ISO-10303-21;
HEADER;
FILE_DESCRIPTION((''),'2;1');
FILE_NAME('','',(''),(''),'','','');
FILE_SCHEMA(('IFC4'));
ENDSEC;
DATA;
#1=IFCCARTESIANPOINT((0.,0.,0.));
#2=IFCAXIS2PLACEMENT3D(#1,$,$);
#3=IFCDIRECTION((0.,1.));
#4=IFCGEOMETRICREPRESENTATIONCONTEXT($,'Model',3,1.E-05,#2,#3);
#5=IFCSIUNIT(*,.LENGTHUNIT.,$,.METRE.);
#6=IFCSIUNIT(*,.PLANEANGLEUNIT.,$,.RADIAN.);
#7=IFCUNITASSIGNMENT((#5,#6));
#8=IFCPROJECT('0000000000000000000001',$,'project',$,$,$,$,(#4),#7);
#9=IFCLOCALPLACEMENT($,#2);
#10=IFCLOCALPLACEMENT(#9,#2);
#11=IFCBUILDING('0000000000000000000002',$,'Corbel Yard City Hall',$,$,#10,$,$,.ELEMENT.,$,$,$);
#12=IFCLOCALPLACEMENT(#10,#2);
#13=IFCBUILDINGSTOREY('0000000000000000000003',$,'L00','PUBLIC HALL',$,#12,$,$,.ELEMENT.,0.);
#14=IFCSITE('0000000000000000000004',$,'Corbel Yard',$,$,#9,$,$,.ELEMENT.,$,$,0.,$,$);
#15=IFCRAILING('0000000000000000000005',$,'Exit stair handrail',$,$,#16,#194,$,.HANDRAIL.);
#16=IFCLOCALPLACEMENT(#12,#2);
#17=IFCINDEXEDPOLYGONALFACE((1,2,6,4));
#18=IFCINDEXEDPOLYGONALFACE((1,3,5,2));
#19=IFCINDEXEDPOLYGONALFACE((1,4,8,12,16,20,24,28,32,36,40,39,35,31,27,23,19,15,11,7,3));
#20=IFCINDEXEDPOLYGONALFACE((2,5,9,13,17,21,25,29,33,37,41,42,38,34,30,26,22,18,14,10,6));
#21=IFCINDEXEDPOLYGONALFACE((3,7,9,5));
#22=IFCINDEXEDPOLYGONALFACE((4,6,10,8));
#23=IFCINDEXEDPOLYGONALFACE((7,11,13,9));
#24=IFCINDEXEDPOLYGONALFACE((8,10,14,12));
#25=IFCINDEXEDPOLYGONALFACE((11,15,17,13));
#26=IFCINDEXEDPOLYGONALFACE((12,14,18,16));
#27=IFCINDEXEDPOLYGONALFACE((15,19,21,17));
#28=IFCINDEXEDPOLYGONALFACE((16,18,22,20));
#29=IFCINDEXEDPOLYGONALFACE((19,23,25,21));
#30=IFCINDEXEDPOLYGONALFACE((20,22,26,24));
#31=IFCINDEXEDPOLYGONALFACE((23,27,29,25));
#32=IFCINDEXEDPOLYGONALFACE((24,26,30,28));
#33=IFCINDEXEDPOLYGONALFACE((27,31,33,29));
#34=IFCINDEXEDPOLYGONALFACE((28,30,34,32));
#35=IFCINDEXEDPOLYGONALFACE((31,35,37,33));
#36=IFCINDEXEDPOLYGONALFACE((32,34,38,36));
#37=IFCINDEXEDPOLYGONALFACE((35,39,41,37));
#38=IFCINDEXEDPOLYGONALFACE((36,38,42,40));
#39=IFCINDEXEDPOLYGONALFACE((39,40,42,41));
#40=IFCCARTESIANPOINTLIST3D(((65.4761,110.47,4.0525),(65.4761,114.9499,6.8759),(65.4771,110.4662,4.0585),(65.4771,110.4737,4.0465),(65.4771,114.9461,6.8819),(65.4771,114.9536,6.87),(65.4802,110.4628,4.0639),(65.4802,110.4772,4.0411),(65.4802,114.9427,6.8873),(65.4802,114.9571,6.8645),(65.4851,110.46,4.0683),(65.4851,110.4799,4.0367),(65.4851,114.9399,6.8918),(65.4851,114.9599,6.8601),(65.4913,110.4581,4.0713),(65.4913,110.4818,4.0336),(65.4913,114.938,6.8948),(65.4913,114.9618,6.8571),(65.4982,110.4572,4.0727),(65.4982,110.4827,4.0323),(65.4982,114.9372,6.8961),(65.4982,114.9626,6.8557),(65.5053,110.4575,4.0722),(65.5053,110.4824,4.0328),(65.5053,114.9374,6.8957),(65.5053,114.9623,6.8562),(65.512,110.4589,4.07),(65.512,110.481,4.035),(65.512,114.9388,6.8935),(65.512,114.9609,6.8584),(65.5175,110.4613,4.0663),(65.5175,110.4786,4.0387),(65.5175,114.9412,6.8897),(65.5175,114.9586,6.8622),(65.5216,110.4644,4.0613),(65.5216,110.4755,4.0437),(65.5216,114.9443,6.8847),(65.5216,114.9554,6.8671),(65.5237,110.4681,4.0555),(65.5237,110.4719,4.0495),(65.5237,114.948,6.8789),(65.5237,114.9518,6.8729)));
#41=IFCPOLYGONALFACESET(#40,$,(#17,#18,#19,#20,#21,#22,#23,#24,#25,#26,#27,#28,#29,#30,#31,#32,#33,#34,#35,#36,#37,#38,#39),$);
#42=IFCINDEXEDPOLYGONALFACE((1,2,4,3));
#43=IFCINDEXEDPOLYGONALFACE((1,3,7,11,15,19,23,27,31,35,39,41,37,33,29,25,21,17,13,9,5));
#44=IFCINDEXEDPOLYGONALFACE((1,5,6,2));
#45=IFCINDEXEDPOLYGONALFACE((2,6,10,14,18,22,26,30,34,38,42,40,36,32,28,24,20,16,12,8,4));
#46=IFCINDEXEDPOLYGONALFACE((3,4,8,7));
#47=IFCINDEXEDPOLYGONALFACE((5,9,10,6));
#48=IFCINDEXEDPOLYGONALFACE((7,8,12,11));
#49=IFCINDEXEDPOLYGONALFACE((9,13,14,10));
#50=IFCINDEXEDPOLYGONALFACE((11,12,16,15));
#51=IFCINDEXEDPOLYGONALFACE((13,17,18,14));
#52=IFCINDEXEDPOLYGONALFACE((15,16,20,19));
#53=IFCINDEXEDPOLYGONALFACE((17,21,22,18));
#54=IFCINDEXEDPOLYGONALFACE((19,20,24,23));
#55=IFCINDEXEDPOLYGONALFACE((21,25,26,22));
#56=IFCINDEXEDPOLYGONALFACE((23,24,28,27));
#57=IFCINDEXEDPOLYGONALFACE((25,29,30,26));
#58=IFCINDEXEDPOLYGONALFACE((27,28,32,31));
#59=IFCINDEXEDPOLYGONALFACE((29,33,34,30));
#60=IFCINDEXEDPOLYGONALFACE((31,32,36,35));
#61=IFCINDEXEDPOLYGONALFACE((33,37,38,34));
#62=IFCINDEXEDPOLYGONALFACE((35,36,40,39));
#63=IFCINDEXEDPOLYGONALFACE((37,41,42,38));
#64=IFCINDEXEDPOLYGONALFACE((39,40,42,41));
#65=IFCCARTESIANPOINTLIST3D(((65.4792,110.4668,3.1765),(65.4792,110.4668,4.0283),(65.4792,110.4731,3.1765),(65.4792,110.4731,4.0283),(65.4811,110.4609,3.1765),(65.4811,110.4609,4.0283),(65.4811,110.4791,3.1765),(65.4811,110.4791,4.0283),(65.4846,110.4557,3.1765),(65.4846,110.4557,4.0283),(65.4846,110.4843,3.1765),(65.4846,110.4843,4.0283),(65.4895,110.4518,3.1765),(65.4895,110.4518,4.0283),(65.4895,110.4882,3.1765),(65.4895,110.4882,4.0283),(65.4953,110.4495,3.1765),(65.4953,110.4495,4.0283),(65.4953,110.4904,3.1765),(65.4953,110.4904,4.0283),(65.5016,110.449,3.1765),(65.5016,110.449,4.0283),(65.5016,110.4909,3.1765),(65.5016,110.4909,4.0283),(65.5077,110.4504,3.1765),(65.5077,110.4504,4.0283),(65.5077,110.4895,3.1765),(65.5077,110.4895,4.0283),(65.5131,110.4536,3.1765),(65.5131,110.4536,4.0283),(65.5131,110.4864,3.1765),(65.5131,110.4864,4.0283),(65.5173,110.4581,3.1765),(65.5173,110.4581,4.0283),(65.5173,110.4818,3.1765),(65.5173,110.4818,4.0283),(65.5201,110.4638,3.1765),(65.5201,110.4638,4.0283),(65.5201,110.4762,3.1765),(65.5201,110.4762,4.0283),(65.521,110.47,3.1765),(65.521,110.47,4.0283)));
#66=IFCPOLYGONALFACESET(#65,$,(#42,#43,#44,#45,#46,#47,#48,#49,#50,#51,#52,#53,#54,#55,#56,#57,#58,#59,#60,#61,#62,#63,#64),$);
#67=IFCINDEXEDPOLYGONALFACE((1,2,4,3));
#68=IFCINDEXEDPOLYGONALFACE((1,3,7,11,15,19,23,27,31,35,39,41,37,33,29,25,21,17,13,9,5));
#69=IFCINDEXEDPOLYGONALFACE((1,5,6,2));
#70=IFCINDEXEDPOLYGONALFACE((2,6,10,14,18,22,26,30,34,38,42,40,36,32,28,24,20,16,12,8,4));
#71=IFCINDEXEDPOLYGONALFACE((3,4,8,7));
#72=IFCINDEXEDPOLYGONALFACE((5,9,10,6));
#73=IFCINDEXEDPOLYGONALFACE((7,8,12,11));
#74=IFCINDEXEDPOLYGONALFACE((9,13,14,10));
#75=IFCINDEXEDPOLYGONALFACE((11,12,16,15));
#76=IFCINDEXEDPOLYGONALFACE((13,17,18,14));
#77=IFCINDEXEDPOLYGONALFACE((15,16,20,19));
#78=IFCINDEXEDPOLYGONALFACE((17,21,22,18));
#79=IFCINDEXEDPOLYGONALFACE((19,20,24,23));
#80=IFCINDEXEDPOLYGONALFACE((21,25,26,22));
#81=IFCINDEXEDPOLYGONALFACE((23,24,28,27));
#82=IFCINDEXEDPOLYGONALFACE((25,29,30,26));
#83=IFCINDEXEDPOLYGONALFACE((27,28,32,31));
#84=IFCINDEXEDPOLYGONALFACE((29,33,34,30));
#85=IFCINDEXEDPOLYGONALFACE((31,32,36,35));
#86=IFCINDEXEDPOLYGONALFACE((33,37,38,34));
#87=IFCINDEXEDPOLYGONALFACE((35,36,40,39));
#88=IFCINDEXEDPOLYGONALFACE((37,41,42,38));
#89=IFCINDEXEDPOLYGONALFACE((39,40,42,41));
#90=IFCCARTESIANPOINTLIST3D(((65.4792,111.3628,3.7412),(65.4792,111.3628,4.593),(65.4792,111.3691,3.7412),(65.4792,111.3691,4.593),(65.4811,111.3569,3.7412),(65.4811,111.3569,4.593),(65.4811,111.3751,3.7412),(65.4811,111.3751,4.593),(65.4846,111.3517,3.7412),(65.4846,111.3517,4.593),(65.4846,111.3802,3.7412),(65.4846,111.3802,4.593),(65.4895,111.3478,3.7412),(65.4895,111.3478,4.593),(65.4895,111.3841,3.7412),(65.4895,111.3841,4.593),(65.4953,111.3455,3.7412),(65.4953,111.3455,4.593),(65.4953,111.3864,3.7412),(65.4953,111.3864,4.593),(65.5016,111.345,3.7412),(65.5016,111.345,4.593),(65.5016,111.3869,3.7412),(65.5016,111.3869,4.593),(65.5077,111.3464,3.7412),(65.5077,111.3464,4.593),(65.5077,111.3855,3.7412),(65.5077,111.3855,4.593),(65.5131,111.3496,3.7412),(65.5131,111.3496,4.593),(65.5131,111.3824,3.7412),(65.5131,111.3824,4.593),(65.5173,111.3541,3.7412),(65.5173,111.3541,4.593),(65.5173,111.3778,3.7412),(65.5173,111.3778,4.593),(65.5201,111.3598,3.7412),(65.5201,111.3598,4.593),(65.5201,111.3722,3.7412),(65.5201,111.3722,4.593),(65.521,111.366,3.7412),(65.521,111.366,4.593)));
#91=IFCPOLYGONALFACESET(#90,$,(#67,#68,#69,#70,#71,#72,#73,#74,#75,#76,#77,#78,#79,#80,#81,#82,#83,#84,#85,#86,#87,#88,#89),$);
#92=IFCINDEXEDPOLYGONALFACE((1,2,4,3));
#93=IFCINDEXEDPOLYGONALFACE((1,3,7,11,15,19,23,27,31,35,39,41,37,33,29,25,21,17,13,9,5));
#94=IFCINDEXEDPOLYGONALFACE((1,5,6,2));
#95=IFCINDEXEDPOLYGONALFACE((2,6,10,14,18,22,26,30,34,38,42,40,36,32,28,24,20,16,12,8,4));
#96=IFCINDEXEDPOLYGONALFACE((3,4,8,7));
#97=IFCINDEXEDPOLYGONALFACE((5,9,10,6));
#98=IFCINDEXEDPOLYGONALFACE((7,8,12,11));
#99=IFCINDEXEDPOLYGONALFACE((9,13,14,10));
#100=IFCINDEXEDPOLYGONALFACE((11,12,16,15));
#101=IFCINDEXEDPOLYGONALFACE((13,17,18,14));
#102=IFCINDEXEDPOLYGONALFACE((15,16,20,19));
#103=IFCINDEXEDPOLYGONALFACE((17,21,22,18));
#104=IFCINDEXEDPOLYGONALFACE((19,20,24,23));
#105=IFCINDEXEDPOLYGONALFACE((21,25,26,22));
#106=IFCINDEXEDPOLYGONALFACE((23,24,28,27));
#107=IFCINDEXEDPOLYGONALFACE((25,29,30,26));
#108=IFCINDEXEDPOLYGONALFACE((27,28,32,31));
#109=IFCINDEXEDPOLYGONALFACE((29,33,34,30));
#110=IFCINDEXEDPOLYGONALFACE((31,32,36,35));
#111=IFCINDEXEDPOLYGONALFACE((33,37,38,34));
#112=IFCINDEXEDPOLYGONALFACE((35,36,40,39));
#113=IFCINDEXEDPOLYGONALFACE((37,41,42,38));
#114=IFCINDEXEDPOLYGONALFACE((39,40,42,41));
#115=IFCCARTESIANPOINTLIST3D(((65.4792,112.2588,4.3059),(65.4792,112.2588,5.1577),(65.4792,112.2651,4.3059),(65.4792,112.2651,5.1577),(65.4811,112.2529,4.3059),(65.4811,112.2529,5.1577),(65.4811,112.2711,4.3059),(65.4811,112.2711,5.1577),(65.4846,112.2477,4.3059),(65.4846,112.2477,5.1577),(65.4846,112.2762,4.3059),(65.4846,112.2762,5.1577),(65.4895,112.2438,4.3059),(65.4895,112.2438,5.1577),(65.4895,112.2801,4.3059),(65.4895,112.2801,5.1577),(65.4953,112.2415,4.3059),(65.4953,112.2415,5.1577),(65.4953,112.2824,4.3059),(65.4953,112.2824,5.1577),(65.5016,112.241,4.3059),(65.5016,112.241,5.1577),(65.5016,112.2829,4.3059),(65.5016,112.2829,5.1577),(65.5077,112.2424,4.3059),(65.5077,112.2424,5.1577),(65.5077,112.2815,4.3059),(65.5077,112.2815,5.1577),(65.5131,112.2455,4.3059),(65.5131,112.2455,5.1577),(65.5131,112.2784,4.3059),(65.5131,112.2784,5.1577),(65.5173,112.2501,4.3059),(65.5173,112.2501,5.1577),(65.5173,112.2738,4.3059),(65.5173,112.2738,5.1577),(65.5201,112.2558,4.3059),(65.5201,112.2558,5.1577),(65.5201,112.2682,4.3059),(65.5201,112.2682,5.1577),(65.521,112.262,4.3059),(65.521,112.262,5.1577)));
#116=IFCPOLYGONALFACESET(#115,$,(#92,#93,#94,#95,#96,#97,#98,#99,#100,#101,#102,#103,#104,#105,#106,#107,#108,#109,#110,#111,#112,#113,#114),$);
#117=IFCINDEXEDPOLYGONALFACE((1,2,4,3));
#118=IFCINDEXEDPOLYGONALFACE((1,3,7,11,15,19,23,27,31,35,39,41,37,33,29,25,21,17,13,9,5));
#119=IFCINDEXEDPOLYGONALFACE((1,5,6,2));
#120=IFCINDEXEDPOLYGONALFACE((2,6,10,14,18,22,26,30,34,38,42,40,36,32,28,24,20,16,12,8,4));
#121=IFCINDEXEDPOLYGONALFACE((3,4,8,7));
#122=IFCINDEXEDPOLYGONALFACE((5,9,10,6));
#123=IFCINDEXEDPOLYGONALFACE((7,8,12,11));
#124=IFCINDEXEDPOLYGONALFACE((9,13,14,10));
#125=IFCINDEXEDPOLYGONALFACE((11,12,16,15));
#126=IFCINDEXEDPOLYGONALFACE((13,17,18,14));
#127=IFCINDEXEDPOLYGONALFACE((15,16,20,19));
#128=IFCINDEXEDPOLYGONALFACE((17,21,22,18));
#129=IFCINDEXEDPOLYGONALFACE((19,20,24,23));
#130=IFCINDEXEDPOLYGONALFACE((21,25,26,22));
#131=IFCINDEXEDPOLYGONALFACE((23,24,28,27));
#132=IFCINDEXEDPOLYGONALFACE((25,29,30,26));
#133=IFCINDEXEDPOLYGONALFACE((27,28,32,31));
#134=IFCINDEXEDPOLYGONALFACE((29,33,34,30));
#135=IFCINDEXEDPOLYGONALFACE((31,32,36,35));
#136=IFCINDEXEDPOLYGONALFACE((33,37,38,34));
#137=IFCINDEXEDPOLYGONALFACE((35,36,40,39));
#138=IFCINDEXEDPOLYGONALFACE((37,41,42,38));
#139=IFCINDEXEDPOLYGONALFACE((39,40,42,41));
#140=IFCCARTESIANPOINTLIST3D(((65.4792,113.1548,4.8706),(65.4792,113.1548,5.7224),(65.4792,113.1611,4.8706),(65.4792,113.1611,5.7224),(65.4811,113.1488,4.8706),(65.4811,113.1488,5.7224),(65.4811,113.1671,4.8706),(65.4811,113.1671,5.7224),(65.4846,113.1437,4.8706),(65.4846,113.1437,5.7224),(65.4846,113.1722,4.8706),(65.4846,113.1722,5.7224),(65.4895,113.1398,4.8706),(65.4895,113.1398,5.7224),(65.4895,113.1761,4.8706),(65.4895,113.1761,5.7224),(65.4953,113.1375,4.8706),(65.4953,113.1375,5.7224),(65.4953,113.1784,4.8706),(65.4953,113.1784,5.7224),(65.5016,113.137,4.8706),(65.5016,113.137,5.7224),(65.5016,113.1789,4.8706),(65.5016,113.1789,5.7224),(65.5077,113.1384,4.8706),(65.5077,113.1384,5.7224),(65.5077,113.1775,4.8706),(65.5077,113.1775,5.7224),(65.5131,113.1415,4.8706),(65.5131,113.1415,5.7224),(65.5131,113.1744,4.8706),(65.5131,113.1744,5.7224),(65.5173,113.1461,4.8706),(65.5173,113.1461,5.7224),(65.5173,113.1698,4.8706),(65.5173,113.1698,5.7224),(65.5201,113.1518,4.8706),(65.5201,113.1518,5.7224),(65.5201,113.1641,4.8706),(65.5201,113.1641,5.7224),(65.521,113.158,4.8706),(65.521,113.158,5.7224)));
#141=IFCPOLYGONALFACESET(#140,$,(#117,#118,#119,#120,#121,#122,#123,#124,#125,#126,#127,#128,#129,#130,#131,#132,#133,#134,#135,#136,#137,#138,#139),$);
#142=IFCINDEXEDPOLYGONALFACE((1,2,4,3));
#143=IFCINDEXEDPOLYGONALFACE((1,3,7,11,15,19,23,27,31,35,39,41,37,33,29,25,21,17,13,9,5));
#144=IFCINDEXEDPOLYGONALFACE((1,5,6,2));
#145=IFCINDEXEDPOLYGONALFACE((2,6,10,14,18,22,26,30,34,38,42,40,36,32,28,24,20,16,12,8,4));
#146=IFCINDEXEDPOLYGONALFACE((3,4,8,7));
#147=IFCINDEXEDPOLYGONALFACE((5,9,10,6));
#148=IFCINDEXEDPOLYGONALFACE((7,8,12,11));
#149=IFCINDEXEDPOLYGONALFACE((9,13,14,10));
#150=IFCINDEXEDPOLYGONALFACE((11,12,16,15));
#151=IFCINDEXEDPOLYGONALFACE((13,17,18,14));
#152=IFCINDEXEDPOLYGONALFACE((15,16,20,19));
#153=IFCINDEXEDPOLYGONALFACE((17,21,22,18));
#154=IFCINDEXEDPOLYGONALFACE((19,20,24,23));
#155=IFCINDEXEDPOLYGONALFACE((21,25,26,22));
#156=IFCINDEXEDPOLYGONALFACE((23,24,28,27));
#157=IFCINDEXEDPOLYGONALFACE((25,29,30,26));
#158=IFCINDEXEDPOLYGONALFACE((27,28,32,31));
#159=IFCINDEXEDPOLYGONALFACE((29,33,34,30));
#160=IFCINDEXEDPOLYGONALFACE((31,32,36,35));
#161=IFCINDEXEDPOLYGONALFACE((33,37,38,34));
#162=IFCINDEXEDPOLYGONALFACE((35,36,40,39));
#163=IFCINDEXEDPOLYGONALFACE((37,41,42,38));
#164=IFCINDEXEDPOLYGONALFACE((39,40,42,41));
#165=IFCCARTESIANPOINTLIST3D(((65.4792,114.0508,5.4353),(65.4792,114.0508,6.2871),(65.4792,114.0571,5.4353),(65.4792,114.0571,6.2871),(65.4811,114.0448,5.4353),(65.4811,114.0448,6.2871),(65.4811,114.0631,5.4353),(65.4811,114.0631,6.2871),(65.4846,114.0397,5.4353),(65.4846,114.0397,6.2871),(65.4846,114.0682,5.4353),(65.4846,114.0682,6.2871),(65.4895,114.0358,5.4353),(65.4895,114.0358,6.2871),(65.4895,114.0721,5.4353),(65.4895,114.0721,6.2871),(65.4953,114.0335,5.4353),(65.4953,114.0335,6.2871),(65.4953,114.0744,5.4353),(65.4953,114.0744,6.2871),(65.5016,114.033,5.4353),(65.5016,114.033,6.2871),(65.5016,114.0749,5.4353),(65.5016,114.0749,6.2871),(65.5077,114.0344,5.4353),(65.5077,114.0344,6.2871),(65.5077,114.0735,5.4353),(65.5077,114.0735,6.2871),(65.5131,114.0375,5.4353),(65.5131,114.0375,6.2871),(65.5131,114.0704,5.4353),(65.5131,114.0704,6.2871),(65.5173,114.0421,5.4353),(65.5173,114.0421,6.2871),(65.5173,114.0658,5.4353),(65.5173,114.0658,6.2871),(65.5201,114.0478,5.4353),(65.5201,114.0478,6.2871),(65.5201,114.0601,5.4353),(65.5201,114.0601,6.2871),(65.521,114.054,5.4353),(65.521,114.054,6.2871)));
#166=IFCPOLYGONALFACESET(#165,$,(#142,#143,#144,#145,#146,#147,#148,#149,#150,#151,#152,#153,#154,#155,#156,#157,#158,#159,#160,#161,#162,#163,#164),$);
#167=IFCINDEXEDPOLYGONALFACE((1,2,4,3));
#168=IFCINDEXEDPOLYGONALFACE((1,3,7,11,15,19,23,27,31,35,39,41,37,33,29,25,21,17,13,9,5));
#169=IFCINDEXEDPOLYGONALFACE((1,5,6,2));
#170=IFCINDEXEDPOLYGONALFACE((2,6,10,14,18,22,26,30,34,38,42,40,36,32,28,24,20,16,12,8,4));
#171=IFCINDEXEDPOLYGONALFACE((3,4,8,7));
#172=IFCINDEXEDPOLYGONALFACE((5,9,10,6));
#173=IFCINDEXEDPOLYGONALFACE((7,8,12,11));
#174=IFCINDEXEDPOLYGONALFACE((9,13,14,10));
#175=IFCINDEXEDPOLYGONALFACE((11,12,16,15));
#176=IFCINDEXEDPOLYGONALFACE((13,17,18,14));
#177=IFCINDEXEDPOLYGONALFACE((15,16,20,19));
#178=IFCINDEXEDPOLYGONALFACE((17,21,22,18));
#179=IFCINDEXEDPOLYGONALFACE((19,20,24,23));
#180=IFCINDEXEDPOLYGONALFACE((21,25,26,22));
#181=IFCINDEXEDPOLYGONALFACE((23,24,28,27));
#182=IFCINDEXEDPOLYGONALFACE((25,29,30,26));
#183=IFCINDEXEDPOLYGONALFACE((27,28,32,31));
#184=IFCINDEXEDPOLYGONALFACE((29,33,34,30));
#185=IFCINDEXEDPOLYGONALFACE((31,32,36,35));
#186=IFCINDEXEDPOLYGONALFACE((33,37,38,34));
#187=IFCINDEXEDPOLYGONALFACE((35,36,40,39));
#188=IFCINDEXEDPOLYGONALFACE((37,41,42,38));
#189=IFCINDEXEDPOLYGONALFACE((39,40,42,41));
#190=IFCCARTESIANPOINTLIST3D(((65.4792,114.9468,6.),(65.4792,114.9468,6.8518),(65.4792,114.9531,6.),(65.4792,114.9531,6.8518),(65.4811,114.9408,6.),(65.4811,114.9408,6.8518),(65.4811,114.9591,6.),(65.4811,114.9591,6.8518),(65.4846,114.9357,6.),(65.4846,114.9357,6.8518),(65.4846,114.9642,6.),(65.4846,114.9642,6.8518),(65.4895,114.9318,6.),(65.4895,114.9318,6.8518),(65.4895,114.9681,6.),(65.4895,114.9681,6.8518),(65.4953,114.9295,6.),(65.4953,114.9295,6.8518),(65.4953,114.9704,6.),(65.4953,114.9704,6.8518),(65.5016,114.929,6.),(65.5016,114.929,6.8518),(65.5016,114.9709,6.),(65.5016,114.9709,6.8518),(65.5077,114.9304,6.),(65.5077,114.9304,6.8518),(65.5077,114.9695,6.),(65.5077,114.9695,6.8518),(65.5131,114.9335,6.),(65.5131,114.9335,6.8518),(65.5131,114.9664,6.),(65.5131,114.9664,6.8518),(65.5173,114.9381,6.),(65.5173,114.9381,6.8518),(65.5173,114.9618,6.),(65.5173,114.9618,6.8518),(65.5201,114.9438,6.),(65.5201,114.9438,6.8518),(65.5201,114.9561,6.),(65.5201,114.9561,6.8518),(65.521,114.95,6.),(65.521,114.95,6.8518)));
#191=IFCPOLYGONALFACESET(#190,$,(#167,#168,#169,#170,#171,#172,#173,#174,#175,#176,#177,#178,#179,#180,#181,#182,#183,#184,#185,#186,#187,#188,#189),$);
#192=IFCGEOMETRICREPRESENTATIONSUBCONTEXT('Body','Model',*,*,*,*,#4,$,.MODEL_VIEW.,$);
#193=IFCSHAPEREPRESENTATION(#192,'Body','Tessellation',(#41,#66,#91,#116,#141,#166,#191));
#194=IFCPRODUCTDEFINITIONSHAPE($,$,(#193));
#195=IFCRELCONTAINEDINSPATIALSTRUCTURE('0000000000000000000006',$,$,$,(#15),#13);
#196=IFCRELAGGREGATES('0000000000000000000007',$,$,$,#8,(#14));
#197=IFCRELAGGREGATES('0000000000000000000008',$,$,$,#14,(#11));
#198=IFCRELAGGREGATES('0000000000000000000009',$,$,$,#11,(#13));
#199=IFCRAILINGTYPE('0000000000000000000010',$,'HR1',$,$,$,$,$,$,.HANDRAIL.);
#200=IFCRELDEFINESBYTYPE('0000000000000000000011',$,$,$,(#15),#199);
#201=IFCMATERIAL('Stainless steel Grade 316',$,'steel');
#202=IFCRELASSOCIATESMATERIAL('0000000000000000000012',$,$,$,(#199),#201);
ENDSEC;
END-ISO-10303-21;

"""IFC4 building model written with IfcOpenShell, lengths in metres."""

from ifc_helpers import new_model, si_unit, direction, frame, origin, origin_2d, place, context, subcontext, project, spatial, circle, extrude, material, type_object, element, save


model = new_model("IFC4")

# Units and contexts
model_context = context("Model", 3, precision=1e-05, world=origin(), true_north=direction((0.0, 1.0)))
body_context = subcontext(model_context, "Body", "Model", "MODEL_VIEW")
ifc_project = project(units=[si_unit("LENGTHUNIT", "METRE"), si_unit("PLANEANGLEUNIT", "RADIAN")], contexts=[model_context])

# Site, building, storey
site_placement = place(None, origin())
site = spatial("IfcSite", under=ifc_project, at=site_placement, Name="Corbel Yard", CompositionType="ELEMENT", RefElevation=0.0)
building_placement = place(site_placement, origin())
building = spatial("IfcBuilding", under=site, at=building_placement, Name="Corbel Yard City Hall", CompositionType="ELEMENT")
storey_placement = place(building_placement, origin())
storey = spatial("IfcBuildingStorey", under=building, at=storey_placement, Name="L00", Description="PUBLIC HALL", CompositionType="ELEMENT", Elevation=0.0)

# Shared definitions
ifc_material_1 = material(Name="Stainless steel Grade 316", Category="steel")

# Railing
railing_type = type_object("IfcRailingType", Name="HR1", PredefinedType="HANDRAIL", material=ifc_material_1)
for number, where, name in (
    (1, (65.5, 110.47, 3.1765), "Exit stair handrail"),
):
    element("IfcRailing", number, at=place(storey_placement, frame(where)), inside=storey, type_object=railing_type, Name=name, PredefinedType="HANDRAIL", context=body_context, shape_type="SweptSolid", body=[
        extrude(circle(Radius=0.0239, at=origin_2d()), frame((0.0, 0.0, 0.876), z_axis=(0.0, 0.845998, 0.533186), x_axis=(-1.0, 0.0, 0.0)), (0.0, 0.0, 1.0), 5.2954),
        extrude(circle(Radius=0.021, at=origin_2d()), origin(), (0.0, 0.0, 1.0), 0.8518),
        extrude(circle(Radius=0.021, at=origin_2d()), frame((0.0, 0.896, 0.5647)), (0.0, 0.0, 1.0), 0.8518),
        extrude(circle(Radius=0.021, at=origin_2d()), frame((0.0, 1.792, 1.1294)), (0.0, 0.0, 1.0), 0.8518),
        extrude(circle(Radius=0.021, at=origin_2d()), frame((0.0, 2.688, 1.6941)), (0.0, 0.0, 1.0), 0.8518),
        extrude(circle(Radius=0.021, at=origin_2d()), frame((0.0, 3.584, 2.2588)), (0.0, 0.0, 1.0), 0.8518),
        extrude(circle(Radius=0.021, at=origin_2d()), frame((0.0, 4.48, 2.8235)), (0.0, 0.0, 1.0), 0.8518),
    ])

save(model, "model.ifc")
